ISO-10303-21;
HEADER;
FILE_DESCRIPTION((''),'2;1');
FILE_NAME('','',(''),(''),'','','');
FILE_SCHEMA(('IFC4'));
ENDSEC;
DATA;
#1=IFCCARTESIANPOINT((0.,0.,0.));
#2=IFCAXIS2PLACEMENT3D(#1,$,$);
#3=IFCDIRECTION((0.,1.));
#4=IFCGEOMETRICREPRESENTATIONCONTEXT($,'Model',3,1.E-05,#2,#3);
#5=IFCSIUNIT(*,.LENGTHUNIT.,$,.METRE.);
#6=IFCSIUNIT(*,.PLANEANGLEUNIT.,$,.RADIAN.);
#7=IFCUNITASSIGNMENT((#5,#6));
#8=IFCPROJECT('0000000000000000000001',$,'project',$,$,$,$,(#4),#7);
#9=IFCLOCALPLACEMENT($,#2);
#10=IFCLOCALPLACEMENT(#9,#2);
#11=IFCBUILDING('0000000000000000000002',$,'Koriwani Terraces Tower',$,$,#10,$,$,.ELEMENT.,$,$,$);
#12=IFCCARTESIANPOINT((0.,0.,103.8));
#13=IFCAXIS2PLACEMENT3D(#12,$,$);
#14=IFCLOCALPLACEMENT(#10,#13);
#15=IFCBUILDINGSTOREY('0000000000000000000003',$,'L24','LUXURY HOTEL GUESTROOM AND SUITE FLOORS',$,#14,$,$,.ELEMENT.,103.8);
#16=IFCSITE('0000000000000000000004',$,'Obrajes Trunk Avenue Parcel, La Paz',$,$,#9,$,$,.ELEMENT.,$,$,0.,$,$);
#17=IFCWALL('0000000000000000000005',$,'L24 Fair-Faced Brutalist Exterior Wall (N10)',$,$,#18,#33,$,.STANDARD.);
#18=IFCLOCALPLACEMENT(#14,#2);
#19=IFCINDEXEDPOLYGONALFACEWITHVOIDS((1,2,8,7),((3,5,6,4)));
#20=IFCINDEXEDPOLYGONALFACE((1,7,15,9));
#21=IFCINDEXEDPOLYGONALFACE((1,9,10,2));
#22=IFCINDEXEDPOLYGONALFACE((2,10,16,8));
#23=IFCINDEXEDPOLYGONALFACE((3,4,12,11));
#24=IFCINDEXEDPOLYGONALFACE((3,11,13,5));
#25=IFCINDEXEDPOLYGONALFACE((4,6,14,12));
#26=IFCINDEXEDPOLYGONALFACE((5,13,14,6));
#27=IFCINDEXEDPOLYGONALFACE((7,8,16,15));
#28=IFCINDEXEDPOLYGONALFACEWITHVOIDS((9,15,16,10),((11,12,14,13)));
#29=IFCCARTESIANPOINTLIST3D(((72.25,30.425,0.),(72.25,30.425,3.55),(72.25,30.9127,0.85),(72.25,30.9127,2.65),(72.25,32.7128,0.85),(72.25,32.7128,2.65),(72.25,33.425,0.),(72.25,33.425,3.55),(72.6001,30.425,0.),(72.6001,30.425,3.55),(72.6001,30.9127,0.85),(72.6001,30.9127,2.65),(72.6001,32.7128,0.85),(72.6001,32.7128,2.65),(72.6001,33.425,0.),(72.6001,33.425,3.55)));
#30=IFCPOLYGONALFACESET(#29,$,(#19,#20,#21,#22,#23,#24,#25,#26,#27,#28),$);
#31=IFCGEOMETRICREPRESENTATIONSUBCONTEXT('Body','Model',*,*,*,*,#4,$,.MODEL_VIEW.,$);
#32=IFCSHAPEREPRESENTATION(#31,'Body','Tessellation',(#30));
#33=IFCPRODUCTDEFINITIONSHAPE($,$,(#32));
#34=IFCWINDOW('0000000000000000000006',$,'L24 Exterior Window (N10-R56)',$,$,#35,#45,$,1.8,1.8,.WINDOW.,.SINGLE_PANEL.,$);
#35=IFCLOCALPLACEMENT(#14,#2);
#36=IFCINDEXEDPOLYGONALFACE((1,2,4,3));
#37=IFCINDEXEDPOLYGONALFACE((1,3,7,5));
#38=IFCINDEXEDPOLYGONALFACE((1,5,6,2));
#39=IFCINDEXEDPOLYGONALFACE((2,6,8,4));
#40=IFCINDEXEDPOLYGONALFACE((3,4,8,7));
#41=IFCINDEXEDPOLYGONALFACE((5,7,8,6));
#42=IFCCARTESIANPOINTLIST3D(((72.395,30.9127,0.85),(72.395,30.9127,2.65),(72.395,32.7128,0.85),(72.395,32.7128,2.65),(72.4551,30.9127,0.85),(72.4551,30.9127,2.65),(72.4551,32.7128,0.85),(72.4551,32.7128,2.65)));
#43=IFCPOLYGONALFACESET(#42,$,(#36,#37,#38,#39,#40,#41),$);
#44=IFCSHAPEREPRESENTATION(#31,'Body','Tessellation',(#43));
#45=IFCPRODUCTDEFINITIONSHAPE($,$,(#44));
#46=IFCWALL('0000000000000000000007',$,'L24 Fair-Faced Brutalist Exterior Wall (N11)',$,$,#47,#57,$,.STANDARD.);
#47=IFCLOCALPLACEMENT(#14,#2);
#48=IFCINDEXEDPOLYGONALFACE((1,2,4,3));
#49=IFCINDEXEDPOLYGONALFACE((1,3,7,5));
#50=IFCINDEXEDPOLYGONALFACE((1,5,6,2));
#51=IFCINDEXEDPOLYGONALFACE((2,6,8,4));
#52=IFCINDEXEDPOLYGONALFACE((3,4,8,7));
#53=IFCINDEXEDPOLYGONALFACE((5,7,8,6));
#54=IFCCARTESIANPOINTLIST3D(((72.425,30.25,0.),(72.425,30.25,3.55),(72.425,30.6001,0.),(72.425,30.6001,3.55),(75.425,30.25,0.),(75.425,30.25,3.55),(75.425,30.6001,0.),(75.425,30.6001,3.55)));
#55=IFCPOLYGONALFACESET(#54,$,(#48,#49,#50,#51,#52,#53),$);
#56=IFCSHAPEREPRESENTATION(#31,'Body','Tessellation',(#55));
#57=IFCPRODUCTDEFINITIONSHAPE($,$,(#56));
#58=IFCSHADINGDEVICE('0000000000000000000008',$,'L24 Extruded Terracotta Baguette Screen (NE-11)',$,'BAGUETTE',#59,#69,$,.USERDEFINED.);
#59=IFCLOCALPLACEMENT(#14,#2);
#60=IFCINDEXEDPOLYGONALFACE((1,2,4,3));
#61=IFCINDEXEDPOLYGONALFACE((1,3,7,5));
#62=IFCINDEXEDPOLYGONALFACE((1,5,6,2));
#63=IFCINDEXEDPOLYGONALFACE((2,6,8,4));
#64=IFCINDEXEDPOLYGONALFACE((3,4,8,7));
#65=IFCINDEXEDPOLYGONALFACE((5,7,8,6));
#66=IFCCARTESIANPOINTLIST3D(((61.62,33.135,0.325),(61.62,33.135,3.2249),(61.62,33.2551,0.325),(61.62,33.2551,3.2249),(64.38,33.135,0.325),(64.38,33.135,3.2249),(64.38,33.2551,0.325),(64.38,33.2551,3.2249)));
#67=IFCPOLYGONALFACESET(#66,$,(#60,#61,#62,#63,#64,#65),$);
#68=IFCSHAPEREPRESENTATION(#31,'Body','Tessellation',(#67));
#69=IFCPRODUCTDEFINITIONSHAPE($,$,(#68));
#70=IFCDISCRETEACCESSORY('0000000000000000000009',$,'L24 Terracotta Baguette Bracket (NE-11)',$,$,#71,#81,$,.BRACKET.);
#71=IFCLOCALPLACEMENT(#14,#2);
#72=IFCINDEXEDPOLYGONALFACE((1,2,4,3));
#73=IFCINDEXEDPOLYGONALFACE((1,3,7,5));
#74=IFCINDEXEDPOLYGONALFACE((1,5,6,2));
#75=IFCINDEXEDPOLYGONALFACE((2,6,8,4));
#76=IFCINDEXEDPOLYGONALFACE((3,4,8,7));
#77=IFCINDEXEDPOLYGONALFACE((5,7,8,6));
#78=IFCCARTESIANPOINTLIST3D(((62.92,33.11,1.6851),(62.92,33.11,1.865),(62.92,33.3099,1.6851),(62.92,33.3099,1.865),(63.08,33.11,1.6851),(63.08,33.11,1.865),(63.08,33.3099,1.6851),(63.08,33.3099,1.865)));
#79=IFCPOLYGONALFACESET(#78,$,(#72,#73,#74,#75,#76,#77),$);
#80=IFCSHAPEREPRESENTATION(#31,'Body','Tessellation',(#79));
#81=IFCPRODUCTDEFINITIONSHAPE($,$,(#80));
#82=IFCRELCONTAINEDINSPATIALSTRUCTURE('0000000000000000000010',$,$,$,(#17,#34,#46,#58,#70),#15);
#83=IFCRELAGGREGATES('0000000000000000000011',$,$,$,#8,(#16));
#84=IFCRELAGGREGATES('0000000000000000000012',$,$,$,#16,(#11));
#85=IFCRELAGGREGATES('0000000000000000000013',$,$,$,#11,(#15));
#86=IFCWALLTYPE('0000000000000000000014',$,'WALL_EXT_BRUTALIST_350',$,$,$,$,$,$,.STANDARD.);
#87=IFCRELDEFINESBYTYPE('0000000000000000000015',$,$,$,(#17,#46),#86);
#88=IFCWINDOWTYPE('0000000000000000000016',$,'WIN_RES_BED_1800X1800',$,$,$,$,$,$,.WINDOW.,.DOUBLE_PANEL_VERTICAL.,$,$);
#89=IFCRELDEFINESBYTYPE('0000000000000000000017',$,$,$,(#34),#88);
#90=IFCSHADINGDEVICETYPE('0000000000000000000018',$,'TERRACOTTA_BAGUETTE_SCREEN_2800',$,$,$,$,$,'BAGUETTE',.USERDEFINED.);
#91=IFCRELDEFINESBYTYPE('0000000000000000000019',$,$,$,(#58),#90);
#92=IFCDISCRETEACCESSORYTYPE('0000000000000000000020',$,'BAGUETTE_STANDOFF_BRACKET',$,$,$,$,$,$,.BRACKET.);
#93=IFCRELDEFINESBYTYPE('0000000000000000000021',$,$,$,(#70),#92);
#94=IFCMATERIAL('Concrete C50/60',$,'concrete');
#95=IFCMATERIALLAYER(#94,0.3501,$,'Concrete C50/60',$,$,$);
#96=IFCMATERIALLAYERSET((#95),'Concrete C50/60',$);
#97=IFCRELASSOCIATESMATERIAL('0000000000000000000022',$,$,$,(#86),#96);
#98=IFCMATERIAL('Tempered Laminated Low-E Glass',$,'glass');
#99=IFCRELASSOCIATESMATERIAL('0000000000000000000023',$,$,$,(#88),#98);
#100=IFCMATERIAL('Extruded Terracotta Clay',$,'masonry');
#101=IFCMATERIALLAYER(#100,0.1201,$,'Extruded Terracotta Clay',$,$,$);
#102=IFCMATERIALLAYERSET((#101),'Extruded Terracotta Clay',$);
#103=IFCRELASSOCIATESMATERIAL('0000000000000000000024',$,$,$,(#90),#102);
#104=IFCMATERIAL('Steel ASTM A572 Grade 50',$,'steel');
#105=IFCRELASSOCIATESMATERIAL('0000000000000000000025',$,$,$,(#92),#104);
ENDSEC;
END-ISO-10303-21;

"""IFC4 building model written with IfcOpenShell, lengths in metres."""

from ifc_helpers import new_model, si_unit, direction, frame, frame_2d, origin, origin_2d, place, context, subcontext, project, spatial, rectangle, extrude, material, layer, layer_set, type_object, element, fill, save


model = new_model("IFC4")

# Units and contexts
model_context = context("Model", 3, precision=1e-05, world=origin(), true_north=direction((0.0, 1.0)))
body_context = subcontext(model_context, "Body", "Model", "MODEL_VIEW")
ifc_project = project(units=[si_unit("LENGTHUNIT", "METRE"), si_unit("PLANEANGLEUNIT", "RADIAN")], contexts=[model_context])

# Site, building, storey
site_placement = place(None, origin())
site = spatial("IfcSite", under=ifc_project, at=site_placement, Name="Obrajes Trunk Avenue Parcel, La Paz", CompositionType="ELEMENT", RefElevation=0.0)
building_placement = place(site_placement, origin())
building = spatial("IfcBuilding", under=site, at=building_placement, Name="Koriwani Terraces Tower", CompositionType="ELEMENT")
storey_placement = place(building_placement, frame((0.0, 0.0, 103.8)))
storey = spatial("IfcBuildingStorey", under=building, at=storey_placement, Name="L24", Description="LUXURY HOTEL GUESTROOM AND SUITE FLOORS", CompositionType="ELEMENT", Elevation=103.8)

# Shared definitions
ifc_material_1 = material(Name="Concrete C50/60", Category="concrete")

# Shared definitions
ifc_material_2 = material(Name="Steel ASTM A572 Grade 50", Category="steel")

# Shared definitions
ifc_material_3 = material(Name="Tempered Laminated Low-E Glass", Category="glass")

# Wall, opening, window
ifc_layer_1 = layer(ifc_material_1, 0.3501, Name="Concrete C50/60")
ifc_layer_set_1 = layer_set([ifc_layer_1], Name="Concrete C50/60")
wall_type_1 = type_object("IfcWallType", Name="WALL_EXT_BRUTALIST_350", PredefinedType="STANDARD", material=ifc_layer_set_1)
wall_1_placement = place(storey_placement, frame((72.425, 33.425, 0.0), z_axis=(0.0, 0.0, 1.0), x_axis=(0.0, -1.0, 0.0)))
wall_1 = element("IfcWall", 1, at=wall_1_placement, inside=storey, type_object=wall_type_1, Name="L24 Fair-Faced Brutalist Exterior Wall (N10)", PredefinedType="STANDARD", context=body_context, shape_type="SweptSolid", body=[
    extrude(rectangle(XDim=3.0, YDim=0.3501, at=frame_2d((1.5, 0.0))), origin(), (0.0, 0.0, 1.0), 3.55),
])
opening_1_placement = place(wall_1_placement, frame((0.7124, 0.0, 0.8501)))
opening_1 = element("IfcOpeningElement", 2, at=opening_1_placement, cuts=wall_1, PredefinedType="OPENING", context=body_context, shape_type="SweptSolid", body=[
    extrude(rectangle(XDim=1.8, YDim=1.8, at=frame_2d((0.8999, 0.8999))), frame((0.0, 0.1851, 0.0), z_axis=(0.0, -1.0, 0.0), x_axis=(1.0, 0.0, 0.0)), (0.0, 0.0, 1.0), 0.3701),
])
window_type = type_object("IfcWindowType", Name="WIN_RES_BED_1800X1800", PartitioningType="DOUBLE_PANEL_VERTICAL", PredefinedType="WINDOW", material=ifc_material_3)
window_placement = place(opening_1_placement, origin())
window = element("IfcWindow", 3, at=window_placement, inside=storey, type_object=window_type, Name="L24 Exterior Window (N10-R56)", OverallHeight=1.8, OverallWidth=1.8, PartitioningType="SINGLE_PANEL", PredefinedType="WINDOW", context=body_context, shape_type="SweptSolid", body=[
    extrude(rectangle(XDim=1.8, YDim=1.8, at=frame_2d((0.8999, 0.8999))), frame((0.0, 0.03, 0.0), z_axis=(0.0, -1.0, 0.0), x_axis=(1.0, 0.0, 0.0)), (0.0, 0.0, 1.0), 0.0601),
])
fill(opening_1, window)

# Wall
wall_2_placement = place(storey_placement, frame((72.425, 30.425, 0.0), z_axis=(0.0, 0.0, 1.0), x_axis=(1.0, 0.0, 0.0)))
element("IfcWall", 4, at=wall_2_placement, inside=storey, type_object=wall_type_1, Name="L24 Fair-Faced Brutalist Exterior Wall (N11)", PredefinedType="STANDARD", context=body_context, shape_type="SweptSolid", body=[
    extrude(rectangle(XDim=3.0, YDim=0.3501, at=frame_2d((1.5, 0.0))), origin(), (0.0, 0.0, 1.0), 3.55),
])

# Shading device
ifc_material_4 = material(Name="Extruded Terracotta Clay", Category="masonry")
ifc_layer_2 = layer(ifc_material_4, 0.1201, Name="Extruded Terracotta Clay")
ifc_layer_set_2 = layer_set([ifc_layer_2], Name="Extruded Terracotta Clay")
shading_device_type = type_object("IfcShadingDeviceType", Name="TERRACOTTA_BAGUETTE_SCREEN_2800", ElementType="BAGUETTE", PredefinedType="USERDEFINED", material=ifc_layer_set_2)
shading_device_placement = place(storey_placement, frame((63.0, 33.1951, 0.325), z_axis=(0.0, 0.0, 1.0), x_axis=(1.0, 0.0, 0.0)))
element("IfcShadingDevice", 5, at=shading_device_placement, inside=storey, type_object=shading_device_type, Name="L24 Extruded Terracotta Baguette Screen (NE-11)", ObjectType="BAGUETTE", PredefinedType="USERDEFINED", context=body_context, shape_type="SweptSolid", body=[
    extrude(rectangle(XDim=2.76, YDim=0.1201, at=origin_2d()), origin(), (0.0, 0.0, 1.0), 2.8999),
])

# Discrete accessory
discrete_accessory_type = type_object("IfcDiscreteAccessoryType", Name="BAGUETTE_STANDOFF_BRACKET", PredefinedType="BRACKET", material=ifc_material_2)
discrete_accessory_placement = place(storey_placement, frame((63.0, 33.21, 1.6851), z_axis=(0.0, 0.0, 1.0), x_axis=(1.0, 0.0, 0.0)))
element("IfcDiscreteAccessory", 6, at=discrete_accessory_placement, inside=storey, type_object=discrete_accessory_type, Name="L24 Terracotta Baguette Bracket (NE-11)", PredefinedType="BRACKET", context=body_context, shape_type="SweptSolid", body=[
    extrude(rectangle(XDim=0.1599, YDim=0.2, at=origin_2d()), origin(), (0.0, 0.0, 1.0), 0.1799),
])

save(model, "model.ifc")
